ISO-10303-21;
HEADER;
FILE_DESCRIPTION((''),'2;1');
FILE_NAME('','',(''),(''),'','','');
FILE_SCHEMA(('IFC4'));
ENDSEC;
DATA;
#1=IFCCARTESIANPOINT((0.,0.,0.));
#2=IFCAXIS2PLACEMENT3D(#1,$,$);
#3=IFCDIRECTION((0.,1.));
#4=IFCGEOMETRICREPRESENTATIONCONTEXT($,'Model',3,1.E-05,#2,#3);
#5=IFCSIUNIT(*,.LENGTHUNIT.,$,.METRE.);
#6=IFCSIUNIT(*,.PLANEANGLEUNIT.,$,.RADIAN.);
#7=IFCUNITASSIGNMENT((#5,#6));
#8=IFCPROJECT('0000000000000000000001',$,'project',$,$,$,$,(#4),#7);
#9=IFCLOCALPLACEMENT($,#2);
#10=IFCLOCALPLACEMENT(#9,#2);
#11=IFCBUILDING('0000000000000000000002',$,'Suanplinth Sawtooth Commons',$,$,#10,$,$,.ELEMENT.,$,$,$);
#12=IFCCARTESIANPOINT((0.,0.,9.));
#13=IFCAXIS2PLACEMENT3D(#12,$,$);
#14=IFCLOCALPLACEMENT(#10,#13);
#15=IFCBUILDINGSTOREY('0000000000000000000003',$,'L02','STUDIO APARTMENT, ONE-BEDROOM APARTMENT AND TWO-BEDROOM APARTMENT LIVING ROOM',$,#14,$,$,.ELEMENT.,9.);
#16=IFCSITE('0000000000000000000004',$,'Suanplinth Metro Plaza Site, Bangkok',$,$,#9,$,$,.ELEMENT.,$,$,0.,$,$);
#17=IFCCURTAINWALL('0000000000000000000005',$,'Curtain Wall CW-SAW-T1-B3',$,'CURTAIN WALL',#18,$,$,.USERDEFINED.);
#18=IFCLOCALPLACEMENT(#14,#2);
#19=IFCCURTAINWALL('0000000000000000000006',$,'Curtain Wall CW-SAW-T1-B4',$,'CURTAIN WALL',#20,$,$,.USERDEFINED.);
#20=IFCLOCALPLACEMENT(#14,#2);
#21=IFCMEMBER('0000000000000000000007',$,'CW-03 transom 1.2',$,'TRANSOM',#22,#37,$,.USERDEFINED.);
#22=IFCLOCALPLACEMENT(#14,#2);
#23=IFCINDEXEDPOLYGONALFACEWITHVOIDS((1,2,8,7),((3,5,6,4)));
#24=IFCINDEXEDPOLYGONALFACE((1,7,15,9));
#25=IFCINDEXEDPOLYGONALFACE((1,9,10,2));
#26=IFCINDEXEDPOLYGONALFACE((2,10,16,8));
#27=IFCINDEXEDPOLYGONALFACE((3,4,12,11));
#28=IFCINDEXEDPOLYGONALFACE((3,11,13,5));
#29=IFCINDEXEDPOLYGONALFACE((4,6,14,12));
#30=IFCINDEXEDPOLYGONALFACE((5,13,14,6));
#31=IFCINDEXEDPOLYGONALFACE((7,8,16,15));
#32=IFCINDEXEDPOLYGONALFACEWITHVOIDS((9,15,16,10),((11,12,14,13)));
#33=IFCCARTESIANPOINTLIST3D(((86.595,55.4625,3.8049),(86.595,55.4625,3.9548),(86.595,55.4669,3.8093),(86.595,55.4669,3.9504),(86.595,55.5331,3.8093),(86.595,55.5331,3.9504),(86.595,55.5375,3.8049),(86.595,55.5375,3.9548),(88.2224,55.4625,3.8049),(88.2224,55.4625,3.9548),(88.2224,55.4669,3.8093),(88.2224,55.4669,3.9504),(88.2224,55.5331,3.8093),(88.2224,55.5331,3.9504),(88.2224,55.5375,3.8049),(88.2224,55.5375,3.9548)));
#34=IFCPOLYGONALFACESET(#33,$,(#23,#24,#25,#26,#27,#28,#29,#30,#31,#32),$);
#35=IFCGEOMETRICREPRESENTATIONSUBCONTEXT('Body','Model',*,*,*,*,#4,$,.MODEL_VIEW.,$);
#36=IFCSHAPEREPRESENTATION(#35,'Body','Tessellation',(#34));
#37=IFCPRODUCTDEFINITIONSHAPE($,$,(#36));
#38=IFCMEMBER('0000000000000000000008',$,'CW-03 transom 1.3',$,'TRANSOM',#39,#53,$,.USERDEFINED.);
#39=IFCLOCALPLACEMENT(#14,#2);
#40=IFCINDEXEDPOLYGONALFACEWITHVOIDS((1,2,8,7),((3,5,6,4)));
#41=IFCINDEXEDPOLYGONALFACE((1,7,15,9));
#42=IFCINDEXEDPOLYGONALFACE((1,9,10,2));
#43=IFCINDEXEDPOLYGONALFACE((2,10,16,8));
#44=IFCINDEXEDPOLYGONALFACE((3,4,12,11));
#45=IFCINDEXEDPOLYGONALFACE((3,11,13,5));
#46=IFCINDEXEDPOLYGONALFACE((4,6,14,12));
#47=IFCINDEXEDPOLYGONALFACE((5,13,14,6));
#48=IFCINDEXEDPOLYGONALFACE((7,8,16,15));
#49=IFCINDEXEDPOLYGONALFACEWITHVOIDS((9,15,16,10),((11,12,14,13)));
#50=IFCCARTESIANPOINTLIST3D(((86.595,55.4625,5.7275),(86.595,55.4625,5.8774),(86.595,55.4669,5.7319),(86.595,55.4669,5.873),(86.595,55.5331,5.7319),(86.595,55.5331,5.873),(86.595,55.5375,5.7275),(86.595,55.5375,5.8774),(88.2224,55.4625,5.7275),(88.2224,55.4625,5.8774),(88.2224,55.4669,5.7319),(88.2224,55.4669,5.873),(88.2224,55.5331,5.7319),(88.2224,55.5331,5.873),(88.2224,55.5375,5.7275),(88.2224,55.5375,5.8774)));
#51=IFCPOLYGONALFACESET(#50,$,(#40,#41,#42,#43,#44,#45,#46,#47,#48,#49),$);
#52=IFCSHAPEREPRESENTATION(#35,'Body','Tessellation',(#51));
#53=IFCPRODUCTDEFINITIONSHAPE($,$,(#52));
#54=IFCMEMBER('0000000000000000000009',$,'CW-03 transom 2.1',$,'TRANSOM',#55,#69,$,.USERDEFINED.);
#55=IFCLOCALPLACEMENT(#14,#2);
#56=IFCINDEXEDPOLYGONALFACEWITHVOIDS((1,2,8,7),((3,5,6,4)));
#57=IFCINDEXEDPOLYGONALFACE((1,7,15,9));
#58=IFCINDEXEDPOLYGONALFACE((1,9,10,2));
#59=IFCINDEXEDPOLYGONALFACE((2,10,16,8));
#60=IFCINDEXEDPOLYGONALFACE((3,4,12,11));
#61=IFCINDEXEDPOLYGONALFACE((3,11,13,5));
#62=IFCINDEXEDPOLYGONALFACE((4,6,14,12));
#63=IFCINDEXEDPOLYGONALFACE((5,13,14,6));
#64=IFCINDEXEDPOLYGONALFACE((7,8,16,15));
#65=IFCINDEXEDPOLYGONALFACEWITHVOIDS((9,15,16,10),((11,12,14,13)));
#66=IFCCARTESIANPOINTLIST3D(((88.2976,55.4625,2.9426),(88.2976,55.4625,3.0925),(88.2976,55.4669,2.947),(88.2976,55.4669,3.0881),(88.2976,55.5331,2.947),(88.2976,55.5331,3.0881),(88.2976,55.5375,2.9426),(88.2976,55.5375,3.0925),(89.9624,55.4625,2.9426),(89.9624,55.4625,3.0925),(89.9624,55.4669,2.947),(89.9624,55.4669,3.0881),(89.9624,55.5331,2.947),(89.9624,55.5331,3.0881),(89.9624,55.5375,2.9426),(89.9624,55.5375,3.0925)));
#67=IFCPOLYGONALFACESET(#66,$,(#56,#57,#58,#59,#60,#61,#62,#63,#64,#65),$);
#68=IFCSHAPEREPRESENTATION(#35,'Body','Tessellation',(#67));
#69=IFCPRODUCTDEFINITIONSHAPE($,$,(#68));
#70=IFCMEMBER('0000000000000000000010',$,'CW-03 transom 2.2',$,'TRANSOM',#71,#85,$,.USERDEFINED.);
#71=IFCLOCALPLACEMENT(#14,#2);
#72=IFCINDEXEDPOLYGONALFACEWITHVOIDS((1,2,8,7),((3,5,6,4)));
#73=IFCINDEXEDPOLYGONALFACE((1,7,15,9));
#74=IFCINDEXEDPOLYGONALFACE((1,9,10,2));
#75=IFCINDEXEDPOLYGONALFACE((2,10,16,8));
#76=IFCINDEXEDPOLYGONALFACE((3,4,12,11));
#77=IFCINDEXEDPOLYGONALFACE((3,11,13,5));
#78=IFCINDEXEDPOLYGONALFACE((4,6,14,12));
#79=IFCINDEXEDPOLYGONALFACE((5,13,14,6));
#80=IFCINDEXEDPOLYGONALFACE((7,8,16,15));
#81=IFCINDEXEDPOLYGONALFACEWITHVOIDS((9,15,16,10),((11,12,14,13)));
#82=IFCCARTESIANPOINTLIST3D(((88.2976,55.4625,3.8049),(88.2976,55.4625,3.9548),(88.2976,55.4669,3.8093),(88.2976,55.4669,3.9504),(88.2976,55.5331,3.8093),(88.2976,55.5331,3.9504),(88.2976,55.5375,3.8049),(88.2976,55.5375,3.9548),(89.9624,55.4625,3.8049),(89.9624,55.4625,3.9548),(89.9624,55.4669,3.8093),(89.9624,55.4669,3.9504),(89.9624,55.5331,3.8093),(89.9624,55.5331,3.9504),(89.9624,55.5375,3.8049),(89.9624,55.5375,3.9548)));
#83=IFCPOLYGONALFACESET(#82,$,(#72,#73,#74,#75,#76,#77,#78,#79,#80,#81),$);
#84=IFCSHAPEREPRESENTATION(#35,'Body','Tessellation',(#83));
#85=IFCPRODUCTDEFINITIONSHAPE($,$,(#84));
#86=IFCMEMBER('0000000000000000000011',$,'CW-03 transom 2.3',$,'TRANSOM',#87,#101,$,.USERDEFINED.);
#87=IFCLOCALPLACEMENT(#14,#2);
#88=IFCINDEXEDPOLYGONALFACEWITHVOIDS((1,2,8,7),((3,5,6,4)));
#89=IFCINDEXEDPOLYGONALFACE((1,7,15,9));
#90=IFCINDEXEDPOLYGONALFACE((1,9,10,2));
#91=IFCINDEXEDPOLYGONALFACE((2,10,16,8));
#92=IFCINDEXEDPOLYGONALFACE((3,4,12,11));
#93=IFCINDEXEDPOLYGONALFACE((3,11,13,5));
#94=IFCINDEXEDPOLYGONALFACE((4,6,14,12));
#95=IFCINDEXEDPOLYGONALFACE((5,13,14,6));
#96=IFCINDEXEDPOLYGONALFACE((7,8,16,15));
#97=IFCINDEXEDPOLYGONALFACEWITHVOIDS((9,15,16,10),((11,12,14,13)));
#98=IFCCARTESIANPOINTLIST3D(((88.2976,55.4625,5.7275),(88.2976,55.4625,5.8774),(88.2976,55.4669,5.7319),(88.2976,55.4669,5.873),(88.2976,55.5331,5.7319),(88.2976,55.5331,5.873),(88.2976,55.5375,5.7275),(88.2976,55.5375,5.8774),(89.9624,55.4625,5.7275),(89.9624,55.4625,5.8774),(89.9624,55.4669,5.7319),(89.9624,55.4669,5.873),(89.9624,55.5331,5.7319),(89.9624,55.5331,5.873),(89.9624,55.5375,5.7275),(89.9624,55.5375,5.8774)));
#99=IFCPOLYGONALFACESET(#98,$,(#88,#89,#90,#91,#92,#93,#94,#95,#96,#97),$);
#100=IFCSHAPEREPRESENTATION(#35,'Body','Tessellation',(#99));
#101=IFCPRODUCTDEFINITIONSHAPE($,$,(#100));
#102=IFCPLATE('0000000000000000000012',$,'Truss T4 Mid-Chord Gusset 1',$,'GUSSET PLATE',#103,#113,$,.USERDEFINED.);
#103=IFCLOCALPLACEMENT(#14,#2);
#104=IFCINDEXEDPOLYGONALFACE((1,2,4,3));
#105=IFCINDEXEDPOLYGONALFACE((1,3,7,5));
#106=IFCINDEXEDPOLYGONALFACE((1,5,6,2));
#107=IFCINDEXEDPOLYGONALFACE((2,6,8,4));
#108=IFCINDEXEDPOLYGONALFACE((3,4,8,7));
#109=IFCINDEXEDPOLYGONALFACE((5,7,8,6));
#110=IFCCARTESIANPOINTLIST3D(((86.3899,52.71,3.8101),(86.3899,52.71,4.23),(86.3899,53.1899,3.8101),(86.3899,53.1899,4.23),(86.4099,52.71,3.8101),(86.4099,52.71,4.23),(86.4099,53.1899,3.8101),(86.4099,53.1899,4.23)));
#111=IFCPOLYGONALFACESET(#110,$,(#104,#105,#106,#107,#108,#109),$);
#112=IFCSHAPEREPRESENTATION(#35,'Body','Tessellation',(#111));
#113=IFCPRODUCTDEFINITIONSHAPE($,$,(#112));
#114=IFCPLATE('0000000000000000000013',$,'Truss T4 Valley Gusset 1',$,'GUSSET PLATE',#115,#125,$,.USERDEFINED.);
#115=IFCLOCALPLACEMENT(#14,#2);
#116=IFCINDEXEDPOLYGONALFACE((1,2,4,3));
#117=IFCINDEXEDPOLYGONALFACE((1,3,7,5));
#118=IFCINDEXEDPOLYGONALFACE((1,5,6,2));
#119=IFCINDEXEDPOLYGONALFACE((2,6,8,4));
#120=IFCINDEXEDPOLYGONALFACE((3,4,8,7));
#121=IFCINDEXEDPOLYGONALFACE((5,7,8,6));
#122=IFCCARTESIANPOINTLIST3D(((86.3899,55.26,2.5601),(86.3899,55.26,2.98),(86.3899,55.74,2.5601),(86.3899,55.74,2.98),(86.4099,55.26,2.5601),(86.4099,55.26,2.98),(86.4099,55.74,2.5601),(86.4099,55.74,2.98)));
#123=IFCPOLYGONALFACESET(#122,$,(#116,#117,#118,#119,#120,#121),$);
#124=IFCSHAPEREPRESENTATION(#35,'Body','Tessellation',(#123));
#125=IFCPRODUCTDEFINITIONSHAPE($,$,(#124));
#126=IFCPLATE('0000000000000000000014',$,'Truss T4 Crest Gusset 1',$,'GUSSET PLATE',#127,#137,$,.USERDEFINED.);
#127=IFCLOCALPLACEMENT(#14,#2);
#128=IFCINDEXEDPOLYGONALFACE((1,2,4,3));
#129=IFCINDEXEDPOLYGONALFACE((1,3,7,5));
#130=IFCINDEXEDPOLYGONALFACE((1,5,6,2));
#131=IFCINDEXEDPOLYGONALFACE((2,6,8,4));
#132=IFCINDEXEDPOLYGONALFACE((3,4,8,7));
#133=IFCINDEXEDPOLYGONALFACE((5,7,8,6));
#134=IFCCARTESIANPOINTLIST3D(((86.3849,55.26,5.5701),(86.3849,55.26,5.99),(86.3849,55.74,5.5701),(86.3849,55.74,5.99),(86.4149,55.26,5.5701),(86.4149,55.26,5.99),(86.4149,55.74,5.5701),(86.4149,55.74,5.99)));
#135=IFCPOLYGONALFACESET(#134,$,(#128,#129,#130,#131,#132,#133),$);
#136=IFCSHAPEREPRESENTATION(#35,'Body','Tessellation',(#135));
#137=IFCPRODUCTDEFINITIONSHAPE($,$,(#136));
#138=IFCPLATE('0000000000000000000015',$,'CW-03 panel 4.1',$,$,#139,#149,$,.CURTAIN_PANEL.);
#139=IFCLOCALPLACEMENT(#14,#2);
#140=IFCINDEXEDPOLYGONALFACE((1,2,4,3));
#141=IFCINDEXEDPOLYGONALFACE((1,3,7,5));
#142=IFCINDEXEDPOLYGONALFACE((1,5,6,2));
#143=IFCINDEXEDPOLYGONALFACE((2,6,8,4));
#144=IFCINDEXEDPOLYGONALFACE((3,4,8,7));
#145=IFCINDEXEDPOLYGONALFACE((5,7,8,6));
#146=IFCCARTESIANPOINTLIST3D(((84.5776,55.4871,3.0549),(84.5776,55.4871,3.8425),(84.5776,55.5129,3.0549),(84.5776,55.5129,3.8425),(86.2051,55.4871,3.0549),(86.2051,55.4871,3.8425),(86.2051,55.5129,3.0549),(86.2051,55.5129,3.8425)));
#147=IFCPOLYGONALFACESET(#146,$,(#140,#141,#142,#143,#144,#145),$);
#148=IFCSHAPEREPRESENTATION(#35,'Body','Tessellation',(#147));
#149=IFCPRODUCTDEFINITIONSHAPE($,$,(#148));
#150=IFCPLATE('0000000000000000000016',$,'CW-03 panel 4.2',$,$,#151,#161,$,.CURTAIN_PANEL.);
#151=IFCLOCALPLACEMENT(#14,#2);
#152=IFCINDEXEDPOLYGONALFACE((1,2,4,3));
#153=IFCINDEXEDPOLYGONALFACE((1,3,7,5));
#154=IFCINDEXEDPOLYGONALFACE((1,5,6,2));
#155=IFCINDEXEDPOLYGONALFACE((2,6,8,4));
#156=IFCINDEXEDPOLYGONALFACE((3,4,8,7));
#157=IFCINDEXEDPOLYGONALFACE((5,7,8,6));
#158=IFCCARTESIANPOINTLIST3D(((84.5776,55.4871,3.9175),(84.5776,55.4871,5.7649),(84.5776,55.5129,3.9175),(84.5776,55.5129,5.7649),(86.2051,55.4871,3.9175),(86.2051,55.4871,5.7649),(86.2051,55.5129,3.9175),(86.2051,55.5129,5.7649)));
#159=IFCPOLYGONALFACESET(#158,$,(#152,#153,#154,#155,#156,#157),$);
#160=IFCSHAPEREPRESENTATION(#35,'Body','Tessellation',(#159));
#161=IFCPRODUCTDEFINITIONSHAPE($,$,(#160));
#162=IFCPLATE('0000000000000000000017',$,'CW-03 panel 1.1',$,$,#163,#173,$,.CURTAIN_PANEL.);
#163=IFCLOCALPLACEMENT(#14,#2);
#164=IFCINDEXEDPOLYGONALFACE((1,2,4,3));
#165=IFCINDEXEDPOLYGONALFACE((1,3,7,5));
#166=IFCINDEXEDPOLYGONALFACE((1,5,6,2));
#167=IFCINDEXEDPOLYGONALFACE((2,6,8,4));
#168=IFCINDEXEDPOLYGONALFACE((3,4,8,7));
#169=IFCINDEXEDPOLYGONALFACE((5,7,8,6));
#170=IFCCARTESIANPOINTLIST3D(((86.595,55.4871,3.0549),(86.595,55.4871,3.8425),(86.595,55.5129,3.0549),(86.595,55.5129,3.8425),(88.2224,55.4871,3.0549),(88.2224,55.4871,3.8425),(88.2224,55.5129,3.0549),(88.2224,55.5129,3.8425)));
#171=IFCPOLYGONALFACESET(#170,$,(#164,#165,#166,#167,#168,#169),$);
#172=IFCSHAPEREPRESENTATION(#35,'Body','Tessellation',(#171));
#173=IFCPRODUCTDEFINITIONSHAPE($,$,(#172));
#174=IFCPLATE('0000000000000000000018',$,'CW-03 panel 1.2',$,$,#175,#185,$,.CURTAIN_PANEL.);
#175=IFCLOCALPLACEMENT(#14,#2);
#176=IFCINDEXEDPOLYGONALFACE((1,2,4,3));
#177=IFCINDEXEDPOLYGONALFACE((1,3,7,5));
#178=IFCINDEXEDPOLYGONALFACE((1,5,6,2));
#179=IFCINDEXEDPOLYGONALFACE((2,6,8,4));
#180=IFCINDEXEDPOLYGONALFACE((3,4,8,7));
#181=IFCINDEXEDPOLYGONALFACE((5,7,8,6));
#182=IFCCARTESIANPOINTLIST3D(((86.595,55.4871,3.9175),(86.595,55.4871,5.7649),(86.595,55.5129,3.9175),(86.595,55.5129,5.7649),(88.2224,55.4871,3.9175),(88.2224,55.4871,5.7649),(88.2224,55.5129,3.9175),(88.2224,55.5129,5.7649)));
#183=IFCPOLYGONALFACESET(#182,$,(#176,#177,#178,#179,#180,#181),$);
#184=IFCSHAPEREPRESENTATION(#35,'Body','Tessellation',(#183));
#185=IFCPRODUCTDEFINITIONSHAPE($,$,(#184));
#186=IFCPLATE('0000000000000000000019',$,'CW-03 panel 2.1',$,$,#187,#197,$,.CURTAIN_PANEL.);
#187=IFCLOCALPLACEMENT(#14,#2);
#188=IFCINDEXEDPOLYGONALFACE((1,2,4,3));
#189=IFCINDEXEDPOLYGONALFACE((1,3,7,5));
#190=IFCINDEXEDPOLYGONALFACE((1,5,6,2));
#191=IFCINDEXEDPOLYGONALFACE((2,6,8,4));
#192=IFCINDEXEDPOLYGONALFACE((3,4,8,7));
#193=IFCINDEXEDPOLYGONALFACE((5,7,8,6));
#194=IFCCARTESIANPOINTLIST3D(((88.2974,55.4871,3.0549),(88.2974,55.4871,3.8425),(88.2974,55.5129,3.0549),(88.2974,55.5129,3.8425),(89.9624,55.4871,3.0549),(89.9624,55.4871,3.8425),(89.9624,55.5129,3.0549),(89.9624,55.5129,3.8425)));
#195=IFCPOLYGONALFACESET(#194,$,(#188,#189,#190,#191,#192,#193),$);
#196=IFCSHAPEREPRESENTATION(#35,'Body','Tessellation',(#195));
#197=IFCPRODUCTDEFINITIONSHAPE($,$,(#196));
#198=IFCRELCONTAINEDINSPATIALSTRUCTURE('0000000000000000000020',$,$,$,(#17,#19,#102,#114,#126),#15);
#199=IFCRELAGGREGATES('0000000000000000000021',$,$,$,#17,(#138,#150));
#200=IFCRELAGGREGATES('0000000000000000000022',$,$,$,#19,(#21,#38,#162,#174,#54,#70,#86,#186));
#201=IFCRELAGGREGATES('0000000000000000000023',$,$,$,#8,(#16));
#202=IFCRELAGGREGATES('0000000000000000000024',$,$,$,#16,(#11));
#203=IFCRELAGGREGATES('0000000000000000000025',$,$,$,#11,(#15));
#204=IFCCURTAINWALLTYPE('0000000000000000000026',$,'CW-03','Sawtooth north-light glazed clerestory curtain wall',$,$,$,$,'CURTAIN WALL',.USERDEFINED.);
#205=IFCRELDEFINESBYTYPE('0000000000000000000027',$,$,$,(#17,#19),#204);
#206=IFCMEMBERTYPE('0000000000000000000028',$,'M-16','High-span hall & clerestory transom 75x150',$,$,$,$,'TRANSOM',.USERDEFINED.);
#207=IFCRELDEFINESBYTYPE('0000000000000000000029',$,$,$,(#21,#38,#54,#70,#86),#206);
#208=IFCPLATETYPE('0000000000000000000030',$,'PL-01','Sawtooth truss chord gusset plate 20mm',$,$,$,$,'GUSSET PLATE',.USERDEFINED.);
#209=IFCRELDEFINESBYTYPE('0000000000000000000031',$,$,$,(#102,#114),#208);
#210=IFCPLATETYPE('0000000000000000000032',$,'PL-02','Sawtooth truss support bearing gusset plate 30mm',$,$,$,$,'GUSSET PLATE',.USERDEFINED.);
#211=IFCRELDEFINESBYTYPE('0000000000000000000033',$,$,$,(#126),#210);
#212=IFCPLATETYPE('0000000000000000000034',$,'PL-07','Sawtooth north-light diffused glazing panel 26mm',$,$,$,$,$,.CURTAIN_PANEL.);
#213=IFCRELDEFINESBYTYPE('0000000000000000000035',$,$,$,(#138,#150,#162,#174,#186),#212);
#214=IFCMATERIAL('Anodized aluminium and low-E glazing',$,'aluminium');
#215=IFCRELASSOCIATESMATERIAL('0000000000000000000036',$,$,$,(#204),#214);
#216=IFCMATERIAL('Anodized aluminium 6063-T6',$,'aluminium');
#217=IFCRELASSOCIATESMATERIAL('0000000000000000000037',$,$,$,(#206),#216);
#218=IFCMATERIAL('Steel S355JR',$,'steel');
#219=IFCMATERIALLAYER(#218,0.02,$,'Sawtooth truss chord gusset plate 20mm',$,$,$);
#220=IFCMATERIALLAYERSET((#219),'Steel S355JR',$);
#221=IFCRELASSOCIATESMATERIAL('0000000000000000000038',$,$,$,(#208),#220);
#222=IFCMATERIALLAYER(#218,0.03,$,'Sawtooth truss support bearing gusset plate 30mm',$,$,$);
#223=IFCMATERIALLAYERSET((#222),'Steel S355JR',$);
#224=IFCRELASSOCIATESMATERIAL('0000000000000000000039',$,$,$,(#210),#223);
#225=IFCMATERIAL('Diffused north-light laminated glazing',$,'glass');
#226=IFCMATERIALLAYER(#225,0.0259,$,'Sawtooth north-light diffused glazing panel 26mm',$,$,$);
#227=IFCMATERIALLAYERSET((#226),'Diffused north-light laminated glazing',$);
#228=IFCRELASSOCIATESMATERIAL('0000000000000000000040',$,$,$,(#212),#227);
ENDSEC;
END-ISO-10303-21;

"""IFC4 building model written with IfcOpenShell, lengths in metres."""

from ifc_helpers import new_model, si_unit, direction, frame, origin, origin_2d, place, context, subcontext, project, spatial, rectangle, hollow_rectangle, extrude, material, layer, layer_set, material_profile, profile_set, type_object, element, aggregate, save


model = new_model("IFC4")

# Units and contexts
model_context = context("Model", 3, precision=1e-05, world=origin(), true_north=direction((0.0, 1.0)))
body_context = subcontext(model_context, "Body", "Model", "MODEL_VIEW")
ifc_project = project(units=[si_unit("LENGTHUNIT", "METRE"), si_unit("PLANEANGLEUNIT", "RADIAN")], contexts=[model_context])

# Site, building, storey
site_placement = place(None, origin())
site = spatial("IfcSite", under=ifc_project, at=site_placement, Name="Suanplinth Metro Plaza Site, Bangkok", CompositionType="ELEMENT", RefElevation=0.0)
building_placement = place(site_placement, origin())
building = spatial("IfcBuilding", under=site, at=building_placement, Name="Suanplinth Sawtooth Commons", CompositionType="ELEMENT")
storey_placement = place(building_placement, frame((0.0, 0.0, 9.0)))
storey = spatial("IfcBuildingStorey", under=building, at=storey_placement, Name="L02", Description="STUDIO APARTMENT, ONE-BEDROOM APARTMENT AND TWO-BEDROOM APARTMENT LIVING ROOM", CompositionType="ELEMENT", Elevation=9.0)

# Shared definitions
ifc_material_1 = material(Name="Steel S355JR", Category="steel")

# Curtain wall
ifc_material_2 = material(Name="Anodized aluminium and low-E glazing", Category="aluminium")
curtain_wall_type = type_object("IfcCurtainWallType", Name="CW-03", Description="Sawtooth north-light glazed clerestory curtain wall", ElementType="CURTAIN WALL", PredefinedType="USERDEFINED", material=ifc_material_2)
curtain_wall_1_placement = place(storey_placement, origin())
curtain_wall_1 = element("IfcCurtainWall", 1, at=curtain_wall_1_placement, inside=storey, type_object=curtain_wall_type, Name="Curtain Wall CW-SAW-T1-B3", ObjectType="CURTAIN WALL", PredefinedType="USERDEFINED")
ifc_material_3 = material(Name="Anodized aluminium 6063-T6", Category="aluminium")

# Curtain wall, members
curtain_wall_2_placement = place(storey_placement, origin())
curtain_wall_2 = element("IfcCurtainWall", 2, at=curtain_wall_2_placement, inside=storey, type_object=curtain_wall_type, Name="Curtain Wall CW-SAW-T1-B4", ObjectType="CURTAIN WALL", PredefinedType="USERDEFINED")
ifc_material_profile_1 = material_profile(ifc_material_3, hollow_rectangle(XDim=0.075, YDim=0.1499, WallThickness=0.0044, at=origin_2d()), Name="ALU-TRN 75x150")
ifc_profile_set_1 = profile_set([ifc_material_profile_1], Name="Anodized aluminium 6063-T6")
member_type_1 = type_object("IfcMemberType", Name="M-16", Description="High-span hall & clerestory transom 75x150", ElementType="TRANSOM", PredefinedType="USERDEFINED", material=ifc_profile_set_1)
member_1_placement = place(storey_placement, frame((86.595, 55.5, 3.8799), z_axis=(1.0, 0.0, 0.0), x_axis=(0.0, 1.0, 0.0)))
member_1 = element("IfcMember", 3, at=member_1_placement, type_object=member_type_1, Name="CW-03 transom 1.2", ObjectType="TRANSOM", PredefinedType="USERDEFINED", context=body_context, shape_type="SweptSolid", body=[
    extrude(hollow_rectangle(XDim=0.075, YDim=0.1499, WallThickness=0.0044, at=origin_2d()), origin(), (0.0, 0.0, 1.0), 1.6274),
])
member_2_placement = place(storey_placement, frame((86.595, 55.5, 5.8025), z_axis=(1.0, 0.0, 0.0), x_axis=(0.0, 1.0, 0.0)))
member_2 = element("IfcMember", 4, at=member_2_placement, type_object=member_type_1, Name="CW-03 transom 1.3", ObjectType="TRANSOM", PredefinedType="USERDEFINED", context=body_context, shape_type="SweptSolid", body=[
    extrude(hollow_rectangle(XDim=0.075, YDim=0.1499, WallThickness=0.0044, at=origin_2d()), origin(), (0.0, 0.0, 1.0), 1.6274),
])
member_3_placement = place(storey_placement, frame((88.2976, 55.5, 3.0176), z_axis=(1.0, 0.0, 0.0), x_axis=(0.0, 1.0, 0.0)))
member_3 = element("IfcMember", 5, at=member_3_placement, type_object=member_type_1, Name="CW-03 transom 2.1", ObjectType="TRANSOM", PredefinedType="USERDEFINED", context=body_context, shape_type="SweptSolid", body=[
    extrude(hollow_rectangle(XDim=0.075, YDim=0.1499, WallThickness=0.0044, at=origin_2d()), origin(), (0.0, 0.0, 1.0), 1.6648),
])
member_4_placement = place(storey_placement, frame((88.2976, 55.5, 3.8799), z_axis=(1.0, 0.0, 0.0), x_axis=(0.0, 1.0, 0.0)))
member_4 = element("IfcMember", 6, at=member_4_placement, type_object=member_type_1, Name="CW-03 transom 2.2", ObjectType="TRANSOM", PredefinedType="USERDEFINED", context=body_context, shape_type="SweptSolid", body=[
    extrude(hollow_rectangle(XDim=0.075, YDim=0.1499, WallThickness=0.0044, at=origin_2d()), origin(), (0.0, 0.0, 1.0), 1.6648),
])
member_5_placement = place(storey_placement, frame((88.2976, 55.5, 5.8025), z_axis=(1.0, 0.0, 0.0), x_axis=(0.0, 1.0, 0.0)))
member_5 = element("IfcMember", 7, at=member_5_placement, type_object=member_type_1, Name="CW-03 transom 2.3", ObjectType="TRANSOM", PredefinedType="USERDEFINED", context=body_context, shape_type="SweptSolid", body=[
    extrude(hollow_rectangle(XDim=0.075, YDim=0.1499, WallThickness=0.0044, at=origin_2d()), origin(), (0.0, 0.0, 1.0), 1.6648),
])

# Plates
ifc_layer_1 = layer(ifc_material_1, 0.02, Name="Sawtooth truss chord gusset plate 20mm")
ifc_layer_set_1 = layer_set([ifc_layer_1], Name="Steel S355JR")
plate_type_1 = type_object("IfcPlateType", Name="PL-01", Description="Sawtooth truss chord gusset plate 20mm", ElementType="GUSSET PLATE", PredefinedType="USERDEFINED", material=ifc_layer_set_1)
for number, where, z_axis, x_axis, name in (
    (8, (86.3999, 52.95, 3.8101), (0.0, 0.0, 1.0), (1.0, 0.0, 0.0), "Truss T4 Mid-Chord Gusset 1"),
    (9, (86.3999, 55.5, 2.5601), (0.0, 0.0, 1.0), (1.0, 0.0, 0.0), "Truss T4 Valley Gusset 1"),
):
    element("IfcPlate", number, at=place(storey_placement, frame(where, z_axis=z_axis, x_axis=x_axis)), inside=storey, type_object=plate_type_1, Name=name, ObjectType="GUSSET PLATE", PredefinedType="USERDEFINED", context=body_context, shape_type="SweptSolid", body=[
        extrude(rectangle(XDim=0.02, YDim=0.48, at=origin_2d()), origin(), (0.0, 0.0, 1.0), 0.4199),
    ])
ifc_layer_2 = layer(ifc_material_1, 0.03, Name="Sawtooth truss support bearing gusset plate 30mm")
ifc_layer_set_2 = layer_set([ifc_layer_2], Name="Steel S355JR")
plate_type_2 = type_object("IfcPlateType", Name="PL-02", Description="Sawtooth truss support bearing gusset plate 30mm", ElementType="GUSSET PLATE", PredefinedType="USERDEFINED", material=ifc_layer_set_2)
plate_1_placement = place(storey_placement, frame((86.3999, 55.5, 5.5701), z_axis=(0.0, 0.0, 1.0), x_axis=(1.0, 0.0, 0.0)))
element("IfcPlate", 10, at=plate_1_placement, inside=storey, type_object=plate_type_2, Name="Truss T4 Crest Gusset 1", ObjectType="GUSSET PLATE", PredefinedType="USERDEFINED", context=body_context, shape_type="SweptSolid", body=[
    extrude(rectangle(XDim=0.03, YDim=0.48, at=origin_2d()), origin(), (0.0, 0.0, 1.0), 0.4199),
])

# Plates
ifc_material_4 = material(Name="Diffused north-light laminated glazing", Category="glass")
ifc_layer_3 = layer(ifc_material_4, 0.0259, Name="Sawtooth north-light diffused glazing panel 26mm")
ifc_layer_set_3 = layer_set([ifc_layer_3], Name="Diffused north-light laminated glazing")
plate_type_3 = type_object("IfcPlateType", Name="PL-07", Description="Sawtooth north-light diffused glazing panel 26mm", PredefinedType="CURTAIN_PANEL", material=ifc_layer_set_3)
plate_2_placement = place(storey_placement, frame((85.3914, 55.5, 3.0549), z_axis=(0.0, 0.0, 1.0), x_axis=(1.0, 0.0, 0.0)))
plate_2 = element("IfcPlate", 11, at=plate_2_placement, type_object=plate_type_3, Name="CW-03 panel 4.1", PredefinedType="CURTAIN_PANEL", context=body_context, shape_type="SweptSolid", body=[
    extrude(rectangle(XDim=1.6274, YDim=0.0259, at=origin_2d()), origin(), (0.0, 0.0, 1.0), 0.7876),
])
plate_3_placement = place(storey_placement, frame((85.3914, 55.5, 3.9175), z_axis=(0.0, 0.0, 1.0), x_axis=(1.0, 0.0, 0.0)))
plate_3 = element("IfcPlate", 12, at=plate_3_placement, type_object=plate_type_3, Name="CW-03 panel 4.2", PredefinedType="CURTAIN_PANEL", context=body_context, shape_type="SweptSolid", body=[
    extrude(rectangle(XDim=1.6274, YDim=0.0259, at=origin_2d()), origin(), (0.0, 0.0, 1.0), 1.8474),
])
aggregate(curtain_wall_1, [plate_2, plate_3])
plate_4_placement = place(storey_placement, frame((87.4087, 55.5, 3.0549), z_axis=(0.0, 0.0, 1.0), x_axis=(1.0, 0.0, 0.0)))
plate_4 = element("IfcPlate", 13, at=plate_4_placement, type_object=plate_type_3, Name="CW-03 panel 1.1", PredefinedType="CURTAIN_PANEL", context=body_context, shape_type="SweptSolid", body=[
    extrude(rectangle(XDim=1.6274, YDim=0.0259, at=origin_2d()), origin(), (0.0, 0.0, 1.0), 0.7876),
])
plate_5_placement = place(storey_placement, frame((87.4087, 55.5, 3.9175), z_axis=(0.0, 0.0, 1.0), x_axis=(1.0, 0.0, 0.0)))
plate_5 = element("IfcPlate", 14, at=plate_5_placement, type_object=plate_type_3, Name="CW-03 panel 1.2", PredefinedType="CURTAIN_PANEL", context=body_context, shape_type="SweptSolid", body=[
    extrude(rectangle(XDim=1.6274, YDim=0.0259, at=origin_2d()), origin(), (0.0, 0.0, 1.0), 1.8474),
])
plate_6_placement = place(storey_placement, frame((89.1299, 55.5, 3.0549), z_axis=(0.0, 0.0, 1.0), x_axis=(1.0, 0.0, 0.0)))
plate_6 = element("IfcPlate", 15, at=plate_6_placement, type_object=plate_type_3, Name="CW-03 panel 2.1", PredefinedType="CURTAIN_PANEL", context=body_context, shape_type="SweptSolid", body=[
    extrude(rectangle(XDim=1.665, YDim=0.0259, at=origin_2d()), origin(), (0.0, 0.0, 1.0), 0.7876),
])
aggregate(curtain_wall_2, [member_1, member_2, plate_4, plate_5, member_3, member_4, member_5, plate_6])

save(model, "model.ifc")
